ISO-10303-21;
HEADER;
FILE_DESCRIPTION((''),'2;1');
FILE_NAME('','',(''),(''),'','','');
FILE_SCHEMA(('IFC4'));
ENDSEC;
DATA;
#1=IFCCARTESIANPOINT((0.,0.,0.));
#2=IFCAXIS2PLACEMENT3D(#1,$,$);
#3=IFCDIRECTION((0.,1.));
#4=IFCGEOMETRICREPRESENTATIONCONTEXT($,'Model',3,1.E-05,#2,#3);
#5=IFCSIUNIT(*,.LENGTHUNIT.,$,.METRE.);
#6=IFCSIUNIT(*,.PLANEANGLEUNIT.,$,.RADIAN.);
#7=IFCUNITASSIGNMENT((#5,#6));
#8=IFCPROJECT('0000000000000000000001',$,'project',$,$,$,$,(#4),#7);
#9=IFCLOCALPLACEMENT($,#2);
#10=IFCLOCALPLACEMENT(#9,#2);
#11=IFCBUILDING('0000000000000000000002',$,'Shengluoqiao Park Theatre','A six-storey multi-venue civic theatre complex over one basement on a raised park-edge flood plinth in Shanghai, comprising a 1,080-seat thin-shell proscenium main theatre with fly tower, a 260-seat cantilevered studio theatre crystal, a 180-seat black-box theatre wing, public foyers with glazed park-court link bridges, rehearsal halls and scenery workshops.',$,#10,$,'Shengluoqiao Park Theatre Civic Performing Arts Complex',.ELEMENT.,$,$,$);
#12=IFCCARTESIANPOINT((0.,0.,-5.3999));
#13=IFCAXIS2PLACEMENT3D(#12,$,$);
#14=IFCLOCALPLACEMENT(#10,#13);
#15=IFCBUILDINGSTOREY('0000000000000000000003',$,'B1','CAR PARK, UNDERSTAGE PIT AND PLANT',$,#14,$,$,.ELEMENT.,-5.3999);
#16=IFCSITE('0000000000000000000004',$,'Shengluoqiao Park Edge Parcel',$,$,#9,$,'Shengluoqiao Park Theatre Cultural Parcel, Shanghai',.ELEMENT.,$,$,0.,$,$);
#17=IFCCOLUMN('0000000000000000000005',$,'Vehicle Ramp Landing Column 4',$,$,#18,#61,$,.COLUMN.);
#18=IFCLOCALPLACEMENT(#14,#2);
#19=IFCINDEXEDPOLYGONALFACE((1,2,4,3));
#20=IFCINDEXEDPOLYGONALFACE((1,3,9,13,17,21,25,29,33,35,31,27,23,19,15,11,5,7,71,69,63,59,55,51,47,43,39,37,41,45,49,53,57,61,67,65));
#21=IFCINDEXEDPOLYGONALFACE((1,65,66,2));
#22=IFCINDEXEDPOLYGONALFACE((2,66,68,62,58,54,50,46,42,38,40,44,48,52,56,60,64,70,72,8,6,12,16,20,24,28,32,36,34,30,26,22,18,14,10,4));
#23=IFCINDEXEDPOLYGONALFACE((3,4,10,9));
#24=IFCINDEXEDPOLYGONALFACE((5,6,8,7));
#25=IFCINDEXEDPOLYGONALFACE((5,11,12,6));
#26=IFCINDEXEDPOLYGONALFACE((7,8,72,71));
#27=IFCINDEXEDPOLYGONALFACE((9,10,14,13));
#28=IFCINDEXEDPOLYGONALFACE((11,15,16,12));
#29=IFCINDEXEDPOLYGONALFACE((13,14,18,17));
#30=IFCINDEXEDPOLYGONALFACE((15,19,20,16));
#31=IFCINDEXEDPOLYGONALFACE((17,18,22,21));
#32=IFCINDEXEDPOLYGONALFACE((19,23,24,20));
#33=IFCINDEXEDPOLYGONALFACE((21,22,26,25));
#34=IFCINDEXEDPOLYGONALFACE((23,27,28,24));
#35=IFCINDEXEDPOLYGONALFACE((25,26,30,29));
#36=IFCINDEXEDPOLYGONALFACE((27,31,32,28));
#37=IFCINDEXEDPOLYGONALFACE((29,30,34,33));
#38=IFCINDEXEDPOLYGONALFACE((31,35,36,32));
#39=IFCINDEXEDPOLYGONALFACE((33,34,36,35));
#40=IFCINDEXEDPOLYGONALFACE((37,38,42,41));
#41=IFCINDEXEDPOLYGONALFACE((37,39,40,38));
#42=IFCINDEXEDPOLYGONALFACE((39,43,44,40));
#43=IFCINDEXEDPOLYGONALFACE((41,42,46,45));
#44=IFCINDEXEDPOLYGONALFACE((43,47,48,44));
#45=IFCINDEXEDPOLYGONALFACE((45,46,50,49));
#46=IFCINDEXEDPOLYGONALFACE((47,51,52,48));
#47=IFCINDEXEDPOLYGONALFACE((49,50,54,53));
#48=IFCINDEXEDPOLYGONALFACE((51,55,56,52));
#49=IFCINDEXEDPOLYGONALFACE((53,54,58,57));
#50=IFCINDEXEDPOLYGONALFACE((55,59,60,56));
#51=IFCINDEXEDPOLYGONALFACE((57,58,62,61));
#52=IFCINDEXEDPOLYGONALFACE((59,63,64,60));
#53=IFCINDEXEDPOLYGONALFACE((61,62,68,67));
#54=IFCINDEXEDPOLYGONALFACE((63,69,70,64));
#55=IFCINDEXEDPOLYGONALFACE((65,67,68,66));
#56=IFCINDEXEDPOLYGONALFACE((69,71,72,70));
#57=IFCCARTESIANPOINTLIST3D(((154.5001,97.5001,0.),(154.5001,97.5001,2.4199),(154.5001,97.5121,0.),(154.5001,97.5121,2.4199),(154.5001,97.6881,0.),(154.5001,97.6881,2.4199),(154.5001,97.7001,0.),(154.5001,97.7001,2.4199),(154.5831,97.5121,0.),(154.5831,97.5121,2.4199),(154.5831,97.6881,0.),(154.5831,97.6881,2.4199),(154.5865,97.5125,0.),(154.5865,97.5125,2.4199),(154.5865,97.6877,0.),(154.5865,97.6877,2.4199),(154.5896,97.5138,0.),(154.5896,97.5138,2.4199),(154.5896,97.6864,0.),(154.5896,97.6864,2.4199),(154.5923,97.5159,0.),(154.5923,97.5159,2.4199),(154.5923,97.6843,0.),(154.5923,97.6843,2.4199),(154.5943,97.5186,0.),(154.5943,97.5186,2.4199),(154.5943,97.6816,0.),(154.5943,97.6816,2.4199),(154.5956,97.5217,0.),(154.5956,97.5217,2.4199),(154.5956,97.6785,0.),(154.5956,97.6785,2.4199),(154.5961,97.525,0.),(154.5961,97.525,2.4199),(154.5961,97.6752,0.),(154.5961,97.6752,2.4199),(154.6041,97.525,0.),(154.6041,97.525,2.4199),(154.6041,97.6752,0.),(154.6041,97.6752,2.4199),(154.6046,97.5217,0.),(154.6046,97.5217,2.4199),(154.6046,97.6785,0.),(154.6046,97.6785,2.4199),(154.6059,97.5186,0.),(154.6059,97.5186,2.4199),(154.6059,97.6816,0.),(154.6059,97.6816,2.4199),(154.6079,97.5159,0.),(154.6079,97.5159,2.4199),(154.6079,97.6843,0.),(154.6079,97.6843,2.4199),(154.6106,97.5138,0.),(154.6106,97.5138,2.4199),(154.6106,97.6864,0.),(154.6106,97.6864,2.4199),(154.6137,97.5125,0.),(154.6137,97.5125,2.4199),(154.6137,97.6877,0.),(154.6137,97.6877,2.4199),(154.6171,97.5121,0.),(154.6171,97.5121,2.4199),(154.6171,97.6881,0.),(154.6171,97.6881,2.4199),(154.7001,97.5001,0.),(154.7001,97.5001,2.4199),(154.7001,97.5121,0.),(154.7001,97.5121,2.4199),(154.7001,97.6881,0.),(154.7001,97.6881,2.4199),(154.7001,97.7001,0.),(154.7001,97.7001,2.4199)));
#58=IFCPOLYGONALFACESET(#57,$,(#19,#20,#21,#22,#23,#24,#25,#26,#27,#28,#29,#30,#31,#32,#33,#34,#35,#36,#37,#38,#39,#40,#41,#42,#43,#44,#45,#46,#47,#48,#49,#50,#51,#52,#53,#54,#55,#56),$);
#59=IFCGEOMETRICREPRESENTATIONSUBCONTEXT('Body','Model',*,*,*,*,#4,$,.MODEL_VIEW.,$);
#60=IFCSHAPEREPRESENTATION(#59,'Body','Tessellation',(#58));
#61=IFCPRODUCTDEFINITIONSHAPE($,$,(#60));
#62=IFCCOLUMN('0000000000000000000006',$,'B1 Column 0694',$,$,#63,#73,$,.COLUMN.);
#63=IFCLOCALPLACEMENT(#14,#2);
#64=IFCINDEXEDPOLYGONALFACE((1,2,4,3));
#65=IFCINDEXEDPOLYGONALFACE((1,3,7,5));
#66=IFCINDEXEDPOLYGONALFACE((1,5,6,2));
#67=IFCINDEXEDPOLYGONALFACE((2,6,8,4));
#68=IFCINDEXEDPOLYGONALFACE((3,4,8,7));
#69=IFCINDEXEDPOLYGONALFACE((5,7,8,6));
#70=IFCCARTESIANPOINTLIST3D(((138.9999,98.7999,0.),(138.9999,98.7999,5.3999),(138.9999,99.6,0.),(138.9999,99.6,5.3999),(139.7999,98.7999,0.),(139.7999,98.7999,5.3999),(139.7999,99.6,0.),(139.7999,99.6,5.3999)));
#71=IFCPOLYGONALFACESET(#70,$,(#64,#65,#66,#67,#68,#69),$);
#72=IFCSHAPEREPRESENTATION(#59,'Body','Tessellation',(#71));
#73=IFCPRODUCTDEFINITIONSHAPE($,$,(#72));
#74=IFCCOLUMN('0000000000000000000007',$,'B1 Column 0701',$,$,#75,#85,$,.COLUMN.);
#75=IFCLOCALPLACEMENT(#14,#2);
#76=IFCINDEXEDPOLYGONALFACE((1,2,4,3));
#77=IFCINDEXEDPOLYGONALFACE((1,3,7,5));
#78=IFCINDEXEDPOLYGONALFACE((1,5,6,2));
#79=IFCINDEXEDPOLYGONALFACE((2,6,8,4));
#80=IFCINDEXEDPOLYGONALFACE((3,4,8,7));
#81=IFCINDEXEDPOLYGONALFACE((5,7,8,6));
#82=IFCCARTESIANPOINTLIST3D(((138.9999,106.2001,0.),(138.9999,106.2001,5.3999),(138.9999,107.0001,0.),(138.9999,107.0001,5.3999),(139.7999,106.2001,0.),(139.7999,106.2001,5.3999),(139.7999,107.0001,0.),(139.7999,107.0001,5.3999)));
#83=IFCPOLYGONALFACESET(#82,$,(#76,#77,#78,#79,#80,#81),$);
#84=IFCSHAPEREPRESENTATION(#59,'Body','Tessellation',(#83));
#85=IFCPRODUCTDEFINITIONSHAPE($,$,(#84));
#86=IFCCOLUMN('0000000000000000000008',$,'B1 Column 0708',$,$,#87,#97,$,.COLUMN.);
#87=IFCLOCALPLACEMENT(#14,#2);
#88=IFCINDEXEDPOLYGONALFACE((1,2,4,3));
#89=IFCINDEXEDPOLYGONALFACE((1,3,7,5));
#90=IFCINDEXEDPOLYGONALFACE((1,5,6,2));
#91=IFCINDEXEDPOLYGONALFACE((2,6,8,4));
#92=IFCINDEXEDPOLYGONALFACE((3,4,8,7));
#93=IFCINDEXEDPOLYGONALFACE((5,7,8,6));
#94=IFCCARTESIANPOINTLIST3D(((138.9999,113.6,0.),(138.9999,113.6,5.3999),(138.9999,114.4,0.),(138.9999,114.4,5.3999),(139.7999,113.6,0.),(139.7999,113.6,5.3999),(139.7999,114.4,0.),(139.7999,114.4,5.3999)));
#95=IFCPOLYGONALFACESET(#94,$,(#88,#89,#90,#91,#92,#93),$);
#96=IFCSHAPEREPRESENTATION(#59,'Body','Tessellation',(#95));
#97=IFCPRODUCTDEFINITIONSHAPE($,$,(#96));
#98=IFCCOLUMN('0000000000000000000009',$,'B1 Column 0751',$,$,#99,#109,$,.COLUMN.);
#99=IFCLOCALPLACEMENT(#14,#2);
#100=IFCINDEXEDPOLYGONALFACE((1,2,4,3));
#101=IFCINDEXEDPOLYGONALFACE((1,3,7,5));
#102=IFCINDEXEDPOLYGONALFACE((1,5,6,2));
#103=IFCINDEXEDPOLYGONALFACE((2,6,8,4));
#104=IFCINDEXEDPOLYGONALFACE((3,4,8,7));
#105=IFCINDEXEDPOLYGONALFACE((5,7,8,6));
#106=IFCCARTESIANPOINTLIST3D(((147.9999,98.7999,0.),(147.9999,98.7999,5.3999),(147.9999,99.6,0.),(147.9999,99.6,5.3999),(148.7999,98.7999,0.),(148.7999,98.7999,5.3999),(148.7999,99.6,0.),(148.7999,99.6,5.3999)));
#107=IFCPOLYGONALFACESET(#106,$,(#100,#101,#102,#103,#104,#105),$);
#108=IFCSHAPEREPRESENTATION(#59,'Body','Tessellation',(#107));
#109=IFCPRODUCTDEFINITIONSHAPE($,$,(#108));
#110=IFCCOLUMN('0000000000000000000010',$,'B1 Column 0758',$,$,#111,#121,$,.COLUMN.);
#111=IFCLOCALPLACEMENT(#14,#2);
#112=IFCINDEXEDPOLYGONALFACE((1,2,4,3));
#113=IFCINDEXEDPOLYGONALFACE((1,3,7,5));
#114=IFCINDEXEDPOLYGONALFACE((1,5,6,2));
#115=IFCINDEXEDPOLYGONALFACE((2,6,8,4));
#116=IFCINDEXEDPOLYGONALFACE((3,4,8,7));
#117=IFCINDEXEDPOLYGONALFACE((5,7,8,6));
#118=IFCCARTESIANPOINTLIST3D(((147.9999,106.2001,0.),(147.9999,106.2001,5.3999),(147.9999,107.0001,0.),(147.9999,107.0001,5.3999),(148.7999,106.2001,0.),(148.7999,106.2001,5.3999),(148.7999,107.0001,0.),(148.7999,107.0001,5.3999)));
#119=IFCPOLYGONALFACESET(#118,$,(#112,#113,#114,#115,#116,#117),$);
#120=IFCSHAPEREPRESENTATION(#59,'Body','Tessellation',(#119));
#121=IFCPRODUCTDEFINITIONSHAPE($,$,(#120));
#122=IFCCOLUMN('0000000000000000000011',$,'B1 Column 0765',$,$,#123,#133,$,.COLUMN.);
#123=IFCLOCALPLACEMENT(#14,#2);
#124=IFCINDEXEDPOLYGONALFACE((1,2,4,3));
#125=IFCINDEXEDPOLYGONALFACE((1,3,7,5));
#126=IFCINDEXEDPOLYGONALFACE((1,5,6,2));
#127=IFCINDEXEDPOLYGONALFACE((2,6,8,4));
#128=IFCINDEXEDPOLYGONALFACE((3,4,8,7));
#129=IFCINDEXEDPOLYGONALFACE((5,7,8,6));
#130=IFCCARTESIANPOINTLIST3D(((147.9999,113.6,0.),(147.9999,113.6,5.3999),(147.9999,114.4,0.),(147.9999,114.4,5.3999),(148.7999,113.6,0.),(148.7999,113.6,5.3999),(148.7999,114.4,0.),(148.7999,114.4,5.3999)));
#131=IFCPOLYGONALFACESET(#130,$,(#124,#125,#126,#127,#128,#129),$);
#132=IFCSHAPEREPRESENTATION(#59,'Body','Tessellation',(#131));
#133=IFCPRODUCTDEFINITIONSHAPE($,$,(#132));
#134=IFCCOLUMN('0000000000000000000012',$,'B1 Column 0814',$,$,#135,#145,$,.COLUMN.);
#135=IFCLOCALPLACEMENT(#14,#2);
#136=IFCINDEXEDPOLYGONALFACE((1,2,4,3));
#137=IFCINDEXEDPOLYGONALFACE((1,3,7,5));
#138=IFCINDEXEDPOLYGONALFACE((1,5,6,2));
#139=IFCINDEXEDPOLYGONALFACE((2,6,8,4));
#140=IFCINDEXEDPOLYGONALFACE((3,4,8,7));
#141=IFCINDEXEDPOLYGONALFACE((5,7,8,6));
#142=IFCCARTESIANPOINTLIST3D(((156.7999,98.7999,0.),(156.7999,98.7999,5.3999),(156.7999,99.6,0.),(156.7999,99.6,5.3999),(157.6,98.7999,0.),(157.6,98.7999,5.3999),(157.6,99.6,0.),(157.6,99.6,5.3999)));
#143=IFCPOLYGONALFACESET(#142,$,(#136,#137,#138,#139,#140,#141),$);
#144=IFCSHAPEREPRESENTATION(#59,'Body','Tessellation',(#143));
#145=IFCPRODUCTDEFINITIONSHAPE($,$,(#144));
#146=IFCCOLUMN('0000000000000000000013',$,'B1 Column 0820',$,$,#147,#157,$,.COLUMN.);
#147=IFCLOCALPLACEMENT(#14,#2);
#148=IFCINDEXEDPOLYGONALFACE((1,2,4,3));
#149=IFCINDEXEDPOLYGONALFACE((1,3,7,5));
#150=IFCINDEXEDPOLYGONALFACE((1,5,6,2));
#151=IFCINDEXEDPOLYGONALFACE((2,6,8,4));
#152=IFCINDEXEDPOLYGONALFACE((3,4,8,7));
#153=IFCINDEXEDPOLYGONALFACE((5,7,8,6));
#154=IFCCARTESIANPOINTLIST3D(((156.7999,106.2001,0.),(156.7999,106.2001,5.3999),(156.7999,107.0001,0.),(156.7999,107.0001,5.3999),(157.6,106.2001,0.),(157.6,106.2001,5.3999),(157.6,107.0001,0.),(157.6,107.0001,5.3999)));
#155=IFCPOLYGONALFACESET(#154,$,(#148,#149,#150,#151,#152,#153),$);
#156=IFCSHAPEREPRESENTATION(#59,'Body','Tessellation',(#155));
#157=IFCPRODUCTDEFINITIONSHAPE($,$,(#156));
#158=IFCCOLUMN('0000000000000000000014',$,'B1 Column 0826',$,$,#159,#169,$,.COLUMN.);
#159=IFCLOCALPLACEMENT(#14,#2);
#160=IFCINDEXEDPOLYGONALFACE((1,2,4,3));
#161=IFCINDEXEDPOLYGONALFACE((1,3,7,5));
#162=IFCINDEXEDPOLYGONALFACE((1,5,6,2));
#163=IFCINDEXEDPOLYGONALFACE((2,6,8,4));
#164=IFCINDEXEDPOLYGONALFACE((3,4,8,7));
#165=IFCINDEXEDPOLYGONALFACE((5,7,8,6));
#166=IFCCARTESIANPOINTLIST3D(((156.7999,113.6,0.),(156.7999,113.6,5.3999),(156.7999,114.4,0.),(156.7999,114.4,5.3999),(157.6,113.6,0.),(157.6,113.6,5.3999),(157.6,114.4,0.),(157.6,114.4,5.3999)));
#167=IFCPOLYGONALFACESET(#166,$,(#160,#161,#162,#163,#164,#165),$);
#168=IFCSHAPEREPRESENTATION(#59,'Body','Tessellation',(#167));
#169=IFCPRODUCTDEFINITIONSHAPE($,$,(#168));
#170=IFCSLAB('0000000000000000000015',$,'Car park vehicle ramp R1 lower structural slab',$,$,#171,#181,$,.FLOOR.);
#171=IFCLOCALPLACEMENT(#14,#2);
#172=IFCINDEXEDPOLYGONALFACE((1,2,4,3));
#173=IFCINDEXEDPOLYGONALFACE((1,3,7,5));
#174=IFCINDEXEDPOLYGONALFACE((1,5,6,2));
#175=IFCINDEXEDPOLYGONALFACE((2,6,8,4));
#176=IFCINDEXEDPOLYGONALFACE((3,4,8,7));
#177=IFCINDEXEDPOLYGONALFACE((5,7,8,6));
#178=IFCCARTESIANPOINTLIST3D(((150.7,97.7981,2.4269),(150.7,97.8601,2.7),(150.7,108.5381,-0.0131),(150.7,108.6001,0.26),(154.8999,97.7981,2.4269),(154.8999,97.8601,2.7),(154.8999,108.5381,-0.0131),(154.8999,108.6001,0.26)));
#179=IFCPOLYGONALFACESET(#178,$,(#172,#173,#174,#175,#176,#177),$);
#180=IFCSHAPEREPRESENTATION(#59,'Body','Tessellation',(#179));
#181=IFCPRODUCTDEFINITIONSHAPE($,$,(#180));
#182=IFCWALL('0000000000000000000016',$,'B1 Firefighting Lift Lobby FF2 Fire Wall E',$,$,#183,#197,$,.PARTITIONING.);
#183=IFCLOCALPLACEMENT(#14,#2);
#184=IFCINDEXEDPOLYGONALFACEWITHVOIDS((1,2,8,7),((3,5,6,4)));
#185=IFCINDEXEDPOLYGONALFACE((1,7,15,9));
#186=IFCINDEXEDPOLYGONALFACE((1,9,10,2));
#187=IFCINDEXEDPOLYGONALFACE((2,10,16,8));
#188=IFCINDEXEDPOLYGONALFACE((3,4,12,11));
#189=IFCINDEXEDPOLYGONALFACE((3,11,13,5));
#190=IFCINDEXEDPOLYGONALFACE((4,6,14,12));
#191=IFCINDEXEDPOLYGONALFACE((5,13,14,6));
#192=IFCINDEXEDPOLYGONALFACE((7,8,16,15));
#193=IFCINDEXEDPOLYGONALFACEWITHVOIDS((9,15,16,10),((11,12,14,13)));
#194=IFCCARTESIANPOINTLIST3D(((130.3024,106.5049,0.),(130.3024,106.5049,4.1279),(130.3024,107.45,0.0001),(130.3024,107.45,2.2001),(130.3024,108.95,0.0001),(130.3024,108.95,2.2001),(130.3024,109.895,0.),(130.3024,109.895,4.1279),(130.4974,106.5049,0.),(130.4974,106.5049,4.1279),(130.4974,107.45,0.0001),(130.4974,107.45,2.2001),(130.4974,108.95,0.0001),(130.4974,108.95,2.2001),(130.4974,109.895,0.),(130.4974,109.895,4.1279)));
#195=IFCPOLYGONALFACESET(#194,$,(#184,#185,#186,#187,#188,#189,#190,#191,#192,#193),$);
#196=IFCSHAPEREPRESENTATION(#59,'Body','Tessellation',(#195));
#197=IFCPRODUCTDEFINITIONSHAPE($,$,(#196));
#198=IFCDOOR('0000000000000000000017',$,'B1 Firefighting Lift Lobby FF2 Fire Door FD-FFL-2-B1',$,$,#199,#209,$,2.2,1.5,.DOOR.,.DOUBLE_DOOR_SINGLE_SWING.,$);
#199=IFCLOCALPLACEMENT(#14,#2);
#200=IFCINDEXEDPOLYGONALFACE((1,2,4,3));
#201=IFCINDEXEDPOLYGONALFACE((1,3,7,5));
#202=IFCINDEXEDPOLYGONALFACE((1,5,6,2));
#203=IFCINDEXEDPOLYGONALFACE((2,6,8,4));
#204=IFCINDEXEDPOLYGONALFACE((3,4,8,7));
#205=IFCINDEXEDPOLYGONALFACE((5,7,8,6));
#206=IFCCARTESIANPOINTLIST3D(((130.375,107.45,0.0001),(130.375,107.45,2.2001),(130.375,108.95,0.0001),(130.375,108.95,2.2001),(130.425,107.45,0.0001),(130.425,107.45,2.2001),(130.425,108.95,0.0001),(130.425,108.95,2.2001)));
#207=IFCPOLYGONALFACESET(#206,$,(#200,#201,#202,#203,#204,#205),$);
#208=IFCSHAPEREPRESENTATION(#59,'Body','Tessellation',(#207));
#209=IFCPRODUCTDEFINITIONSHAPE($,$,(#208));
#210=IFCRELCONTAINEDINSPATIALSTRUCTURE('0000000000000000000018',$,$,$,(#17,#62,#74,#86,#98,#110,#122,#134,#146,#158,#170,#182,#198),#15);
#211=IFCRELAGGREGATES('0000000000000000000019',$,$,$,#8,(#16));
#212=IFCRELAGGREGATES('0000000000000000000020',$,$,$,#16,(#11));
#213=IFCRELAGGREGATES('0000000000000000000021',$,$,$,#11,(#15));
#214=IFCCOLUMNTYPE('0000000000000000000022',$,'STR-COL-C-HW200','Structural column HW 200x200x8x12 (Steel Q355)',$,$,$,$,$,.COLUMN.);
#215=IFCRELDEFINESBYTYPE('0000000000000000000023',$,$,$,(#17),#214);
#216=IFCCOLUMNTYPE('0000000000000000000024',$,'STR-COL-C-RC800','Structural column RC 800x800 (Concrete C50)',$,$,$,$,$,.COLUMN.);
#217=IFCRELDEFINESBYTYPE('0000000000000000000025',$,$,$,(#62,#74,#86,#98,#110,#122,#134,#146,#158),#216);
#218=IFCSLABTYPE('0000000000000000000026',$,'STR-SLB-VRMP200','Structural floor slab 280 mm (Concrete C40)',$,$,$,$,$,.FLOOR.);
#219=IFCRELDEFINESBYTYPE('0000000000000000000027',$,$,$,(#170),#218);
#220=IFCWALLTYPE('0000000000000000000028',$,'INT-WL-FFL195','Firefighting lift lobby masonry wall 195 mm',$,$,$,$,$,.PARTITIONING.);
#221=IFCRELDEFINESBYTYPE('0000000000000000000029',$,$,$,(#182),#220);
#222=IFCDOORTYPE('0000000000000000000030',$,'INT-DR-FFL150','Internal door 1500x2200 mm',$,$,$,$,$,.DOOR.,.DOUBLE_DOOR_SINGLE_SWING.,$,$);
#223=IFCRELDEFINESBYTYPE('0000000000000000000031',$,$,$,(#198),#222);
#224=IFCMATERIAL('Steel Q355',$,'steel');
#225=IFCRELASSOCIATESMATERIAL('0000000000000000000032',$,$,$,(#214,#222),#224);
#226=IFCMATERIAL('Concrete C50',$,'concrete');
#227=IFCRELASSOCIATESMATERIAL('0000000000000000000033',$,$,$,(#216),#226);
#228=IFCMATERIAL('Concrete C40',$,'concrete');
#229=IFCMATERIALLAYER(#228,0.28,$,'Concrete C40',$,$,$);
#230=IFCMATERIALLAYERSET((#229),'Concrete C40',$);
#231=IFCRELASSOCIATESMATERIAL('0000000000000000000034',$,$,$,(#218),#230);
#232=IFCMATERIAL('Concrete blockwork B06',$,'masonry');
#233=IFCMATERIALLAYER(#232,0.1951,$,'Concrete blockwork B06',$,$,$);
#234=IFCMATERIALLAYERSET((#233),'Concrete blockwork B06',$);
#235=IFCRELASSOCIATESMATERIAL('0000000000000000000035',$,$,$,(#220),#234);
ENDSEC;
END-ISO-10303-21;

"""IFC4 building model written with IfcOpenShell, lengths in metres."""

from ifc_helpers import new_model, si_unit, direction, frame, frame_2d, origin, origin_2d, place, context, subcontext, project, spatial, polyline, rectangle, i_section, outline, extrude, material, layer, layer_set, material_profile, profile_set, type_object, element, fill, save


model = new_model("IFC4")

# Units and contexts
model_context = context("Model", 3, precision=1e-05, world=origin(), true_north=direction((0.0, 1.0)))
body_context = subcontext(model_context, "Body", "Model", "MODEL_VIEW")
ifc_project = project(units=[si_unit("LENGTHUNIT", "METRE"), si_unit("PLANEANGLEUNIT", "RADIAN")], contexts=[model_context])

# Site, building, storey
site_placement = place(None, origin())
site = spatial("IfcSite", under=ifc_project, at=site_placement, Name="Shengluoqiao Park Edge Parcel", LongName="Shengluoqiao Park Theatre Cultural Parcel, Shanghai", CompositionType="ELEMENT", RefElevation=0.0)
building_placement = place(site_placement, origin())
building = spatial("IfcBuilding", under=site, at=building_placement, Name="Shengluoqiao Park Theatre", Description="A six-storey multi-venue civic theatre complex over one basement on a raised park-edge flood plinth in Shanghai, comprising a 1,080-seat thin-shell proscenium main theatre with fly tower, a 260-seat cantilevered studio theatre crystal, a 180-seat black-box theatre wing, public foyers with glazed park-court link bridges, rehearsal halls and scenery workshops.", LongName="Shengluoqiao Park Theatre Civic Performing Arts Complex", CompositionType="ELEMENT")
storey_placement = place(building_placement, frame((0.0, 0.0, -5.3999)))
storey = spatial("IfcBuildingStorey", under=building, at=storey_placement, Name="B1", Description="CAR PARK, UNDERSTAGE PIT AND PLANT", CompositionType="ELEMENT", Elevation=-5.3999)

# Shared definitions
ifc_material_1 = material(Name="Concrete C40", Category="concrete")

# Columns
ifc_material_2 = material(Name="Steel Q355", Category="steel")
ifc_material_profile_1 = material_profile(ifc_material_2, i_section(OverallWidth=0.2, OverallDepth=0.2, WebThickness=0.0081, FlangeThickness=0.012, FilletRadius=0.0129, at=origin_2d()), Name="HW 200x200x8x12")
ifc_profile_set_1 = profile_set([ifc_material_profile_1], Name="Steel Q355")
column_type_1 = type_object("IfcColumnType", Name="STR-COL-C-HW200", Description="Structural column HW 200x200x8x12 (Steel Q355)", PredefinedType="COLUMN", material=ifc_profile_set_1)
for number, where, z_axis, x_axis, name in (
    (1, (154.6001, 97.6001, 0.0), (0.0, 0.0, 1.0), (1.0, 0.0, 0.0), "Vehicle Ramp Landing Column 4"),
):
    element("IfcColumn", number, at=place(storey_placement, frame(where, z_axis=z_axis, x_axis=x_axis)), inside=storey, type_object=column_type_1, Name=name, PredefinedType="COLUMN", context=body_context, shape_type="SweptSolid", body=[
        extrude(i_section(OverallWidth=0.2, OverallDepth=0.2, WebThickness=0.0081, FlangeThickness=0.012, FilletRadius=0.0129, at=origin_2d()), origin(), (0.0, 0.0, 1.0), 2.4199),
    ])
ifc_material_3 = material(Name="Concrete C50", Category="concrete")
ifc_material_profile_2 = material_profile(ifc_material_3, rectangle(XDim=0.8, YDim=0.8, at=origin_2d()), Name="RC 800x800")
ifc_profile_set_2 = profile_set([ifc_material_profile_2], Name="Concrete C50")
column_type_2 = type_object("IfcColumnType", Name="STR-COL-C-RC800", Description="Structural column RC 800x800 (Concrete C50)", PredefinedType="COLUMN", material=ifc_profile_set_2)
for number, where, z_axis, x_axis, name in (
    (2, (139.3999, 99.2, 0.0), (0.0, 0.0, 1.0), (1.0, 0.0, 0.0), "B1 Column 0694"),
    (3, (139.3999, 106.6001, 0.0), (0.0, 0.0, 1.0), (1.0, 0.0, 0.0), "B1 Column 0701"),
    (4, (139.3999, 114.0, 0.0), (0.0, 0.0, 1.0), (1.0, 0.0, 0.0), "B1 Column 0708"),
    (5, (148.3999, 99.2, 0.0), (0.0, 0.0, 1.0), (1.0, 0.0, 0.0), "B1 Column 0751"),
    (6, (148.3999, 106.6001, 0.0), (0.0, 0.0, 1.0), (1.0, 0.0, 0.0), "B1 Column 0758"),
    (7, (148.3999, 114.0, 0.0), (0.0, 0.0, 1.0), (1.0, 0.0, 0.0), "B1 Column 0765"),
    (8, (157.2, 99.2, 0.0), (0.0, 0.0, 1.0), (1.0, 0.0, 0.0), "B1 Column 0814"),
    (9, (157.2, 106.6001, 0.0), (0.0, 0.0, 1.0), (1.0, 0.0, 0.0), "B1 Column 0820"),
    (10, (157.2, 114.0, 0.0), (0.0, 0.0, 1.0), (1.0, 0.0, 0.0), "B1 Column 0826"),
):
    element("IfcColumn", number, at=place(storey_placement, frame(where, z_axis=z_axis, x_axis=x_axis)), inside=storey, type_object=column_type_2, Name=name, PredefinedType="COLUMN", context=body_context, shape_type="SweptSolid", body=[
        extrude(rectangle(XDim=0.8, YDim=0.8, at=origin_2d()), origin(), (0.0, 0.0, 1.0), 5.3999),
    ])

# Slab
ifc_layer_1 = layer(ifc_material_1, 0.28, Name="Concrete C40")
ifc_layer_set_1 = layer_set([ifc_layer_1], Name="Concrete C40")
slab_type = type_object("IfcSlabType", Name="STR-SLB-VRMP200", Description="Structural floor slab 280 mm (Concrete C40)", PredefinedType="FLOOR", material=ifc_layer_set_1)
slab_placement = place(storey_placement, frame((150.7, 108.6001, 0.26), z_axis=(0.0, 0.221538, 0.975152), x_axis=(1.0, 0.0, 0.0)))
element("IfcSlab", 11, at=slab_placement, inside=storey, type_object=slab_type, Name="Car park vehicle ramp R1 lower structural slab", PredefinedType="FLOOR", context=body_context, shape_type="SweptSolid", body=[
    extrude(outline(polyline([(0.0, 0.0), (4.2, 0.0), (4.2, -11.0137), (0.0, -11.0137), (0.0, 0.0)])), origin(), (0.0, 0.0, -1.0), 0.28),
])

# Wall, opening, door
ifc_material_4 = material(Name="Concrete blockwork B06", Category="masonry")
ifc_layer_2 = layer(ifc_material_4, 0.1951, Name="Concrete blockwork B06")
ifc_layer_set_2 = layer_set([ifc_layer_2], Name="Concrete blockwork B06")
wall_type_1 = type_object("IfcWallType", Name="INT-WL-FFL195", Description="Firefighting lift lobby masonry wall 195 mm", PredefinedType="PARTITIONING", material=ifc_layer_set_2)
wall_1_placement = place(storey_placement, frame((130.3999, 106.5049, 0.0), z_axis=(0.0, 0.0, 1.0), x_axis=(0.0, 1.0, 0.0)))
wall_1 = element("IfcWall", 12, at=wall_1_placement, inside=storey, type_object=wall_type_1, Name="B1 Firefighting Lift Lobby FF2 Fire Wall E", PredefinedType="PARTITIONING", context=body_context, shape_type="SweptSolid", body=[
    extrude(rectangle(XDim=3.3901, YDim=0.1951, at=frame_2d((1.6951, 0.0))), origin(), (0.0, 0.0, 1.0), 4.1279),
])
opening_1_placement = place(wall_1_placement, frame((0.9451, 0.0, 0.0)))
opening_1 = element("IfcOpeningElement", 13, at=opening_1_placement, cuts=wall_1, PredefinedType="OPENING", context=body_context, shape_type="SweptSolid", body=[
    extrude(rectangle(XDim=1.5, YDim=2.2, at=frame_2d((0.75, 1.1001))), frame((0.0, 0.1074, 0.0), z_axis=(0.0, -1.0, 0.0), x_axis=(1.0, 0.0, 0.0)), (0.0, 0.0, 1.0), 0.2151),
])
door_type_1 = type_object("IfcDoorType", Name="INT-DR-FFL150", Description="Internal door 1500x2200 mm", OperationType="DOUBLE_DOOR_SINGLE_SWING", PredefinedType="DOOR", material=ifc_material_2)
door_1_placement = place(opening_1_placement, origin())
door_1 = element("IfcDoor", 14, at=door_1_placement, inside=storey, type_object=door_type_1, Name="B1 Firefighting Lift Lobby FF2 Fire Door FD-FFL-2-B1", OperationType="DOUBLE_DOOR_SINGLE_SWING", OverallHeight=2.2, OverallWidth=1.5, PredefinedType="DOOR", context=body_context, shape_type="SweptSolid", body=[
    extrude(rectangle(XDim=1.5, YDim=2.2, at=frame_2d((0.75, 1.1001))), frame((0.0, 0.0249, 0.0), z_axis=(0.0, -1.0, 0.0), x_axis=(1.0, 0.0, 0.0)), (0.0, 0.0, 1.0), 0.05),
])
fill(opening_1, door_1)

save(model, "model.ifc")
